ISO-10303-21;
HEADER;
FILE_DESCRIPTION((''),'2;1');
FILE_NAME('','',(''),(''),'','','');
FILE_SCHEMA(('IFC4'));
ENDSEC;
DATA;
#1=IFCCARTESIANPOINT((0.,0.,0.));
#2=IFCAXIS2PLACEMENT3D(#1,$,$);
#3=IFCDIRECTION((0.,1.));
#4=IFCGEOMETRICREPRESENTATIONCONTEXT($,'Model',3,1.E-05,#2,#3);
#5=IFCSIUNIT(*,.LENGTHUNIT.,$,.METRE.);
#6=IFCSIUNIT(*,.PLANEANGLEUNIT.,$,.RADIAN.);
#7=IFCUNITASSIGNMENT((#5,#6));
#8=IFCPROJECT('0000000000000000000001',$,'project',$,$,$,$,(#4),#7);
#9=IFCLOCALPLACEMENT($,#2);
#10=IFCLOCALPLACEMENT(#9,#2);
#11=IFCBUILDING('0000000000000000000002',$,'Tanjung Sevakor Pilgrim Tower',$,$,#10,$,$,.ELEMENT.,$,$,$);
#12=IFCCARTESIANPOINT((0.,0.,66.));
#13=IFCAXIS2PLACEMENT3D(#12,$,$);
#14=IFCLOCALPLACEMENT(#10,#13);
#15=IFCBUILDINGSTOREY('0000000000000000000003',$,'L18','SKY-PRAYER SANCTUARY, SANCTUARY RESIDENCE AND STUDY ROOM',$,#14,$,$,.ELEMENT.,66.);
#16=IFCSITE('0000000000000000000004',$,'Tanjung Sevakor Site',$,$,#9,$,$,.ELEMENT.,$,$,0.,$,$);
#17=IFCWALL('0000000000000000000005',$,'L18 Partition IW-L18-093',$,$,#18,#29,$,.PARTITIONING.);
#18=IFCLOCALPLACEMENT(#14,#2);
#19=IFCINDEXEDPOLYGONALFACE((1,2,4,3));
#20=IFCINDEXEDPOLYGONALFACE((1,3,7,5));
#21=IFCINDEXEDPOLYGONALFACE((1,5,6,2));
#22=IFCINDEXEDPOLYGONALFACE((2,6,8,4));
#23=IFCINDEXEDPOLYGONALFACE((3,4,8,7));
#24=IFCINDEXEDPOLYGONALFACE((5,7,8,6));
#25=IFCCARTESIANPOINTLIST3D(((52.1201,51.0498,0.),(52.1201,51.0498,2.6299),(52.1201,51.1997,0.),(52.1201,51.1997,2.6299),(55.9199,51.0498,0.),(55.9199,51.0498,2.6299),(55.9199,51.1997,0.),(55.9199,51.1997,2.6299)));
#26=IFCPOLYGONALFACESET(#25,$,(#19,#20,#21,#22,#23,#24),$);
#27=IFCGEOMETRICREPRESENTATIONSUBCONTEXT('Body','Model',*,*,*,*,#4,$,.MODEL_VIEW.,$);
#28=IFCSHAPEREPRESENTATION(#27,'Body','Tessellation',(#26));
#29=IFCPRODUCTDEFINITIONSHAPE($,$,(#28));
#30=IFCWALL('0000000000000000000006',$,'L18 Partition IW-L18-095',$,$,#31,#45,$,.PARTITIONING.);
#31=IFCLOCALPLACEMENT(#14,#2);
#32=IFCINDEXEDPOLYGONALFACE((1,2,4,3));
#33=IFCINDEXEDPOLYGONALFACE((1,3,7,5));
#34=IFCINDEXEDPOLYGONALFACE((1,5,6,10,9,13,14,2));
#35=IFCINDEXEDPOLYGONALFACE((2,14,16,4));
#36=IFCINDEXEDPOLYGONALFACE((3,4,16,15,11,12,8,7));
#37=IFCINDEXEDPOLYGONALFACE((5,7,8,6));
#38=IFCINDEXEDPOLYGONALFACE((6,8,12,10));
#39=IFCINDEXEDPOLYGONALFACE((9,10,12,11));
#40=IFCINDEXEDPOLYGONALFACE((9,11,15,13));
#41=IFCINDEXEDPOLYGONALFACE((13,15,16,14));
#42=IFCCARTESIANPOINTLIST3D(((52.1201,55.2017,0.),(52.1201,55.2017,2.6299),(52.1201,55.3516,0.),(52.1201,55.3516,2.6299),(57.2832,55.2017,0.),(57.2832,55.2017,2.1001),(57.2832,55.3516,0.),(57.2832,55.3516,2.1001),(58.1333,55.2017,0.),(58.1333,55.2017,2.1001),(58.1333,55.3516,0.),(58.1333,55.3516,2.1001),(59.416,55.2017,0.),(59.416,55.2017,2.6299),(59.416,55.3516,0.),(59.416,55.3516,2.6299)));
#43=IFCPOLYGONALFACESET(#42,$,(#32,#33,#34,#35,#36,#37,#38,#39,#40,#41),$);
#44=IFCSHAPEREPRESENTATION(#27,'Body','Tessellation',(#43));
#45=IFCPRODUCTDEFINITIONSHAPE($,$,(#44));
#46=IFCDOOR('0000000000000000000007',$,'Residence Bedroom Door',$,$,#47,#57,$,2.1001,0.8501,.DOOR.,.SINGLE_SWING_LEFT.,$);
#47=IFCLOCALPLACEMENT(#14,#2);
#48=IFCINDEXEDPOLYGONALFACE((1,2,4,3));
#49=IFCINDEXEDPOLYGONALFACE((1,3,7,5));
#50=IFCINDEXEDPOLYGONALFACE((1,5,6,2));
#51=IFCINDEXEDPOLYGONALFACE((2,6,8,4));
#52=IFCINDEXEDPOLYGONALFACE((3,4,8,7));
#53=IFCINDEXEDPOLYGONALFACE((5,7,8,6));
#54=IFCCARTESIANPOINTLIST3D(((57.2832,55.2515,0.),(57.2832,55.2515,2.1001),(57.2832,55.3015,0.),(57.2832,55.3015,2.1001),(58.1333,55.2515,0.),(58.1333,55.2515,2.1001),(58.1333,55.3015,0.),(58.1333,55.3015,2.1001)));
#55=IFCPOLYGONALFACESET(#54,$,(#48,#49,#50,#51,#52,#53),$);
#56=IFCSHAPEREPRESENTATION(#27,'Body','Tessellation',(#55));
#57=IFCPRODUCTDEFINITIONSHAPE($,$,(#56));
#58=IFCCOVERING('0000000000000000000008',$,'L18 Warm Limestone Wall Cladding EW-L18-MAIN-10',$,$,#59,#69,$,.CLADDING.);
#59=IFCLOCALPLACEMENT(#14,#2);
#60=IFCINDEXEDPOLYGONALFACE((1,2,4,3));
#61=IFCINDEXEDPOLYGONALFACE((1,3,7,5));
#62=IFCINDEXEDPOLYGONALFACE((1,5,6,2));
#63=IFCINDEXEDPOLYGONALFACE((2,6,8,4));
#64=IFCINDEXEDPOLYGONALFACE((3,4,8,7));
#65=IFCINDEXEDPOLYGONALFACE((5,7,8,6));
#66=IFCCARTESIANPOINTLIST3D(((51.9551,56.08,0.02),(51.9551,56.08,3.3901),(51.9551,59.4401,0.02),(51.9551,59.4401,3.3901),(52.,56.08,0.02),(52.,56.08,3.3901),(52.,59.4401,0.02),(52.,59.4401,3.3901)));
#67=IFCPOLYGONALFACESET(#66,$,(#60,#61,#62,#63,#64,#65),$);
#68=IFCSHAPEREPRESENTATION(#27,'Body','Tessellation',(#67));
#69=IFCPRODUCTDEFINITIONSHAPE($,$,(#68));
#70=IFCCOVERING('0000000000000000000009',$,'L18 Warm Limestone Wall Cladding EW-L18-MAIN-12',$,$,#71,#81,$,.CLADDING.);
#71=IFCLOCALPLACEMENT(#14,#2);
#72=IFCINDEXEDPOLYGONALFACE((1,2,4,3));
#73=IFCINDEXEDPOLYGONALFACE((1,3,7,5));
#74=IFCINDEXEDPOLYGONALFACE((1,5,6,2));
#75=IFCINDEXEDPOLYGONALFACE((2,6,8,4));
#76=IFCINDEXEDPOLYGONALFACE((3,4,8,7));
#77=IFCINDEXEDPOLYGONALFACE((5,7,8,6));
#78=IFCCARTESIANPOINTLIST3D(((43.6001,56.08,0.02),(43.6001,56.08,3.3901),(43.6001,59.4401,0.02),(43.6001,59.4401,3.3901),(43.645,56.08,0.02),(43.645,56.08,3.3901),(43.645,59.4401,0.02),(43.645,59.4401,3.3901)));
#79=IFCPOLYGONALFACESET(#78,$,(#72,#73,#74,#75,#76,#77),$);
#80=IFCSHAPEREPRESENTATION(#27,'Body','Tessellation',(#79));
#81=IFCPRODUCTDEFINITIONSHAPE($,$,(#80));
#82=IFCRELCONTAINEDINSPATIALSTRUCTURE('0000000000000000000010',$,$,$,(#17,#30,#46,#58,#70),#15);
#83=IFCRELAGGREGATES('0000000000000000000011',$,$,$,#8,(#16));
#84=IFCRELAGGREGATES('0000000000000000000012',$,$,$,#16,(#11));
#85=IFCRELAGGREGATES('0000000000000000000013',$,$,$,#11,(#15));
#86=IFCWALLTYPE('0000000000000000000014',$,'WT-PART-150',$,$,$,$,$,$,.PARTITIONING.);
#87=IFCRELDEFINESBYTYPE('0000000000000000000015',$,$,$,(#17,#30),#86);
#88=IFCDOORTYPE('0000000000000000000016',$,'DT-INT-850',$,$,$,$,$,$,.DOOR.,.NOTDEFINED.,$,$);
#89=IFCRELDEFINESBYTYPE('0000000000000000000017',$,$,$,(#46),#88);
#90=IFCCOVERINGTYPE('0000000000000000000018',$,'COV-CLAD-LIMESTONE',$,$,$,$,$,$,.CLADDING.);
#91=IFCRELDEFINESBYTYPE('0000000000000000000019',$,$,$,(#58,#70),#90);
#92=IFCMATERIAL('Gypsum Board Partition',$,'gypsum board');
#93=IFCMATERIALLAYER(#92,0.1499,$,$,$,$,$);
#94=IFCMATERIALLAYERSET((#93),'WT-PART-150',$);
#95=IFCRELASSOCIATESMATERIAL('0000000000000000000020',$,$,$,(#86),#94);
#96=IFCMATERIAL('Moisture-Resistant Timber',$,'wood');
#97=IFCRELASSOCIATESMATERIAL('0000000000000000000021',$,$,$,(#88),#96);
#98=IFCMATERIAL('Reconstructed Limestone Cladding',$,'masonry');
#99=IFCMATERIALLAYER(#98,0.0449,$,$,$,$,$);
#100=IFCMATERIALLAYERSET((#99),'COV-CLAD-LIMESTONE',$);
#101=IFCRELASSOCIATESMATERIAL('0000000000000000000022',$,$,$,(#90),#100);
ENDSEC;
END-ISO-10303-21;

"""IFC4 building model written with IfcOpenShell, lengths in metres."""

from ifc_helpers import new_model, si_unit, direction, frame, frame_2d, origin, origin_2d, place, context, subcontext, project, spatial, rectangle, extrude, material, layer, layer_set, type_object, element, fill, save


model = new_model("IFC4")

# Units and contexts
model_context = context("Model", 3, precision=1e-05, world=origin(), true_north=direction((0.0, 1.0)))
body_context = subcontext(model_context, "Body", "Model", "MODEL_VIEW")
ifc_project = project(units=[si_unit("LENGTHUNIT", "METRE"), si_unit("PLANEANGLEUNIT", "RADIAN")], contexts=[model_context])

# Site, building, storey
site_placement = place(None, origin())
site = spatial("IfcSite", under=ifc_project, at=site_placement, Name="Tanjung Sevakor Site", CompositionType="ELEMENT", RefElevation=0.0)
building_placement = place(site_placement, origin())
building = spatial("IfcBuilding", under=site, at=building_placement, Name="Tanjung Sevakor Pilgrim Tower", CompositionType="ELEMENT")
storey_placement = place(building_placement, frame((0.0, 0.0, 66.0)))
storey = spatial("IfcBuildingStorey", under=building, at=storey_placement, Name="L18", Description="SKY-PRAYER SANCTUARY, SANCTUARY RESIDENCE AND STUDY ROOM", CompositionType="ELEMENT", Elevation=66.0)

# Wall
ifc_material_1 = material(Name="Gypsum Board Partition", Category="gypsum board")
ifc_layer_1 = layer(ifc_material_1, 0.1499)
ifc_layer_set_1 = layer_set([ifc_layer_1], Name="WT-PART-150")
wall_type_1 = type_object("IfcWallType", Name="WT-PART-150", PredefinedType="PARTITIONING", material=ifc_layer_set_1)
wall_1_placement = place(storey_placement, frame((52.1201, 51.1248, 0.0), z_axis=(0.0, 0.0, 1.0), x_axis=(1.0, 0.0, 0.0)))
element("IfcWall", 1, at=wall_1_placement, inside=storey, type_object=wall_type_1, Name="L18 Partition IW-L18-093", PredefinedType="PARTITIONING", context=body_context, shape_type="SweptSolid", body=[
    extrude(rectangle(XDim=3.7998, YDim=0.1499, at=frame_2d((1.8999, 0.0))), origin(), (0.0, 0.0, 1.0), 2.6299),
])

# Wall, opening, door
wall_2_placement = place(storey_placement, frame((52.1201, 55.2766, 0.0), z_axis=(0.0, 0.0, 1.0), x_axis=(1.0, 0.0, 0.0)))
wall_2 = element("IfcWall", 2, at=wall_2_placement, inside=storey, type_object=wall_type_1, Name="L18 Partition IW-L18-095", PredefinedType="PARTITIONING", context=body_context, shape_type="SweptSolid", body=[
    extrude(rectangle(XDim=7.2959, YDim=0.1499, at=frame_2d((3.6479, 0.0))), origin(), (0.0, 0.0, 1.0), 2.6299),
])
opening_1_placement = place(wall_2_placement, frame((5.1631, 0.0, 0.0)))
opening_1 = element("IfcOpeningElement", 3, at=opening_1_placement, cuts=wall_2, PredefinedType="OPENING", context=body_context, shape_type="SweptSolid", body=[
    extrude(rectangle(XDim=0.8501, YDim=2.1001, at=frame_2d((0.425, 1.05))), frame((0.0, 0.085, 0.0), z_axis=(0.0, -1.0, 0.0), x_axis=(1.0, 0.0, 0.0)), (0.0, 0.0, 1.0), 0.1699),
])
ifc_material_2 = material(Name="Moisture-Resistant Timber", Category="wood")
door_type_1 = type_object("IfcDoorType", Name="DT-INT-850", OperationType="NOTDEFINED", PredefinedType="DOOR", material=ifc_material_2)
door_1_placement = place(opening_1_placement, origin())
door_1 = element("IfcDoor", 4, at=door_1_placement, inside=storey, type_object=door_type_1, Name="Residence Bedroom Door", OperationType="SINGLE_SWING_LEFT", OverallHeight=2.1001, OverallWidth=0.8501, PredefinedType="DOOR", context=body_context, shape_type="SweptSolid", body=[
    extrude(rectangle(XDim=0.8501, YDim=2.1001, at=frame_2d((0.425, 1.05))), frame((0.0, 0.0249, 0.0), z_axis=(0.0, -1.0, 0.0), x_axis=(1.0, 0.0, 0.0)), (0.0, 0.0, 1.0), 0.05),
])
fill(opening_1, door_1)

# Coverings
ifc_material_3 = material(Name="Reconstructed Limestone Cladding", Category="masonry")
ifc_layer_2 = layer(ifc_material_3, 0.0449)
ifc_layer_set_2 = layer_set([ifc_layer_2], Name="COV-CLAD-LIMESTONE")
covering_type = type_object("IfcCoveringType", Name="COV-CLAD-LIMESTONE", PredefinedType="CLADDING", material=ifc_layer_set_2)
for number, where, z_axis, x_axis, name in (
    (5, (51.9775, 57.76, 0.02), (0.0, 0.0, 1.0), (0.0, -1.0, 0.0), "L18 Warm Limestone Wall Cladding EW-L18-MAIN-10"),
    (6, (43.6226, 57.76, 0.02), (0.0, 0.0, 1.0), (0.0, 1.0, 0.0), "L18 Warm Limestone Wall Cladding EW-L18-MAIN-12"),
):
    element("IfcCovering", number, at=place(storey_placement, frame(where, z_axis=z_axis, x_axis=x_axis)), inside=storey, type_object=covering_type, Name=name, PredefinedType="CLADDING", context=body_context, shape_type="SweptSolid", body=[
        extrude(rectangle(XDim=3.3601, YDim=0.0449, at=origin_2d()), origin(), (0.0, 0.0, 1.0), 3.3701),
    ])

save(model, "model.ifc")
